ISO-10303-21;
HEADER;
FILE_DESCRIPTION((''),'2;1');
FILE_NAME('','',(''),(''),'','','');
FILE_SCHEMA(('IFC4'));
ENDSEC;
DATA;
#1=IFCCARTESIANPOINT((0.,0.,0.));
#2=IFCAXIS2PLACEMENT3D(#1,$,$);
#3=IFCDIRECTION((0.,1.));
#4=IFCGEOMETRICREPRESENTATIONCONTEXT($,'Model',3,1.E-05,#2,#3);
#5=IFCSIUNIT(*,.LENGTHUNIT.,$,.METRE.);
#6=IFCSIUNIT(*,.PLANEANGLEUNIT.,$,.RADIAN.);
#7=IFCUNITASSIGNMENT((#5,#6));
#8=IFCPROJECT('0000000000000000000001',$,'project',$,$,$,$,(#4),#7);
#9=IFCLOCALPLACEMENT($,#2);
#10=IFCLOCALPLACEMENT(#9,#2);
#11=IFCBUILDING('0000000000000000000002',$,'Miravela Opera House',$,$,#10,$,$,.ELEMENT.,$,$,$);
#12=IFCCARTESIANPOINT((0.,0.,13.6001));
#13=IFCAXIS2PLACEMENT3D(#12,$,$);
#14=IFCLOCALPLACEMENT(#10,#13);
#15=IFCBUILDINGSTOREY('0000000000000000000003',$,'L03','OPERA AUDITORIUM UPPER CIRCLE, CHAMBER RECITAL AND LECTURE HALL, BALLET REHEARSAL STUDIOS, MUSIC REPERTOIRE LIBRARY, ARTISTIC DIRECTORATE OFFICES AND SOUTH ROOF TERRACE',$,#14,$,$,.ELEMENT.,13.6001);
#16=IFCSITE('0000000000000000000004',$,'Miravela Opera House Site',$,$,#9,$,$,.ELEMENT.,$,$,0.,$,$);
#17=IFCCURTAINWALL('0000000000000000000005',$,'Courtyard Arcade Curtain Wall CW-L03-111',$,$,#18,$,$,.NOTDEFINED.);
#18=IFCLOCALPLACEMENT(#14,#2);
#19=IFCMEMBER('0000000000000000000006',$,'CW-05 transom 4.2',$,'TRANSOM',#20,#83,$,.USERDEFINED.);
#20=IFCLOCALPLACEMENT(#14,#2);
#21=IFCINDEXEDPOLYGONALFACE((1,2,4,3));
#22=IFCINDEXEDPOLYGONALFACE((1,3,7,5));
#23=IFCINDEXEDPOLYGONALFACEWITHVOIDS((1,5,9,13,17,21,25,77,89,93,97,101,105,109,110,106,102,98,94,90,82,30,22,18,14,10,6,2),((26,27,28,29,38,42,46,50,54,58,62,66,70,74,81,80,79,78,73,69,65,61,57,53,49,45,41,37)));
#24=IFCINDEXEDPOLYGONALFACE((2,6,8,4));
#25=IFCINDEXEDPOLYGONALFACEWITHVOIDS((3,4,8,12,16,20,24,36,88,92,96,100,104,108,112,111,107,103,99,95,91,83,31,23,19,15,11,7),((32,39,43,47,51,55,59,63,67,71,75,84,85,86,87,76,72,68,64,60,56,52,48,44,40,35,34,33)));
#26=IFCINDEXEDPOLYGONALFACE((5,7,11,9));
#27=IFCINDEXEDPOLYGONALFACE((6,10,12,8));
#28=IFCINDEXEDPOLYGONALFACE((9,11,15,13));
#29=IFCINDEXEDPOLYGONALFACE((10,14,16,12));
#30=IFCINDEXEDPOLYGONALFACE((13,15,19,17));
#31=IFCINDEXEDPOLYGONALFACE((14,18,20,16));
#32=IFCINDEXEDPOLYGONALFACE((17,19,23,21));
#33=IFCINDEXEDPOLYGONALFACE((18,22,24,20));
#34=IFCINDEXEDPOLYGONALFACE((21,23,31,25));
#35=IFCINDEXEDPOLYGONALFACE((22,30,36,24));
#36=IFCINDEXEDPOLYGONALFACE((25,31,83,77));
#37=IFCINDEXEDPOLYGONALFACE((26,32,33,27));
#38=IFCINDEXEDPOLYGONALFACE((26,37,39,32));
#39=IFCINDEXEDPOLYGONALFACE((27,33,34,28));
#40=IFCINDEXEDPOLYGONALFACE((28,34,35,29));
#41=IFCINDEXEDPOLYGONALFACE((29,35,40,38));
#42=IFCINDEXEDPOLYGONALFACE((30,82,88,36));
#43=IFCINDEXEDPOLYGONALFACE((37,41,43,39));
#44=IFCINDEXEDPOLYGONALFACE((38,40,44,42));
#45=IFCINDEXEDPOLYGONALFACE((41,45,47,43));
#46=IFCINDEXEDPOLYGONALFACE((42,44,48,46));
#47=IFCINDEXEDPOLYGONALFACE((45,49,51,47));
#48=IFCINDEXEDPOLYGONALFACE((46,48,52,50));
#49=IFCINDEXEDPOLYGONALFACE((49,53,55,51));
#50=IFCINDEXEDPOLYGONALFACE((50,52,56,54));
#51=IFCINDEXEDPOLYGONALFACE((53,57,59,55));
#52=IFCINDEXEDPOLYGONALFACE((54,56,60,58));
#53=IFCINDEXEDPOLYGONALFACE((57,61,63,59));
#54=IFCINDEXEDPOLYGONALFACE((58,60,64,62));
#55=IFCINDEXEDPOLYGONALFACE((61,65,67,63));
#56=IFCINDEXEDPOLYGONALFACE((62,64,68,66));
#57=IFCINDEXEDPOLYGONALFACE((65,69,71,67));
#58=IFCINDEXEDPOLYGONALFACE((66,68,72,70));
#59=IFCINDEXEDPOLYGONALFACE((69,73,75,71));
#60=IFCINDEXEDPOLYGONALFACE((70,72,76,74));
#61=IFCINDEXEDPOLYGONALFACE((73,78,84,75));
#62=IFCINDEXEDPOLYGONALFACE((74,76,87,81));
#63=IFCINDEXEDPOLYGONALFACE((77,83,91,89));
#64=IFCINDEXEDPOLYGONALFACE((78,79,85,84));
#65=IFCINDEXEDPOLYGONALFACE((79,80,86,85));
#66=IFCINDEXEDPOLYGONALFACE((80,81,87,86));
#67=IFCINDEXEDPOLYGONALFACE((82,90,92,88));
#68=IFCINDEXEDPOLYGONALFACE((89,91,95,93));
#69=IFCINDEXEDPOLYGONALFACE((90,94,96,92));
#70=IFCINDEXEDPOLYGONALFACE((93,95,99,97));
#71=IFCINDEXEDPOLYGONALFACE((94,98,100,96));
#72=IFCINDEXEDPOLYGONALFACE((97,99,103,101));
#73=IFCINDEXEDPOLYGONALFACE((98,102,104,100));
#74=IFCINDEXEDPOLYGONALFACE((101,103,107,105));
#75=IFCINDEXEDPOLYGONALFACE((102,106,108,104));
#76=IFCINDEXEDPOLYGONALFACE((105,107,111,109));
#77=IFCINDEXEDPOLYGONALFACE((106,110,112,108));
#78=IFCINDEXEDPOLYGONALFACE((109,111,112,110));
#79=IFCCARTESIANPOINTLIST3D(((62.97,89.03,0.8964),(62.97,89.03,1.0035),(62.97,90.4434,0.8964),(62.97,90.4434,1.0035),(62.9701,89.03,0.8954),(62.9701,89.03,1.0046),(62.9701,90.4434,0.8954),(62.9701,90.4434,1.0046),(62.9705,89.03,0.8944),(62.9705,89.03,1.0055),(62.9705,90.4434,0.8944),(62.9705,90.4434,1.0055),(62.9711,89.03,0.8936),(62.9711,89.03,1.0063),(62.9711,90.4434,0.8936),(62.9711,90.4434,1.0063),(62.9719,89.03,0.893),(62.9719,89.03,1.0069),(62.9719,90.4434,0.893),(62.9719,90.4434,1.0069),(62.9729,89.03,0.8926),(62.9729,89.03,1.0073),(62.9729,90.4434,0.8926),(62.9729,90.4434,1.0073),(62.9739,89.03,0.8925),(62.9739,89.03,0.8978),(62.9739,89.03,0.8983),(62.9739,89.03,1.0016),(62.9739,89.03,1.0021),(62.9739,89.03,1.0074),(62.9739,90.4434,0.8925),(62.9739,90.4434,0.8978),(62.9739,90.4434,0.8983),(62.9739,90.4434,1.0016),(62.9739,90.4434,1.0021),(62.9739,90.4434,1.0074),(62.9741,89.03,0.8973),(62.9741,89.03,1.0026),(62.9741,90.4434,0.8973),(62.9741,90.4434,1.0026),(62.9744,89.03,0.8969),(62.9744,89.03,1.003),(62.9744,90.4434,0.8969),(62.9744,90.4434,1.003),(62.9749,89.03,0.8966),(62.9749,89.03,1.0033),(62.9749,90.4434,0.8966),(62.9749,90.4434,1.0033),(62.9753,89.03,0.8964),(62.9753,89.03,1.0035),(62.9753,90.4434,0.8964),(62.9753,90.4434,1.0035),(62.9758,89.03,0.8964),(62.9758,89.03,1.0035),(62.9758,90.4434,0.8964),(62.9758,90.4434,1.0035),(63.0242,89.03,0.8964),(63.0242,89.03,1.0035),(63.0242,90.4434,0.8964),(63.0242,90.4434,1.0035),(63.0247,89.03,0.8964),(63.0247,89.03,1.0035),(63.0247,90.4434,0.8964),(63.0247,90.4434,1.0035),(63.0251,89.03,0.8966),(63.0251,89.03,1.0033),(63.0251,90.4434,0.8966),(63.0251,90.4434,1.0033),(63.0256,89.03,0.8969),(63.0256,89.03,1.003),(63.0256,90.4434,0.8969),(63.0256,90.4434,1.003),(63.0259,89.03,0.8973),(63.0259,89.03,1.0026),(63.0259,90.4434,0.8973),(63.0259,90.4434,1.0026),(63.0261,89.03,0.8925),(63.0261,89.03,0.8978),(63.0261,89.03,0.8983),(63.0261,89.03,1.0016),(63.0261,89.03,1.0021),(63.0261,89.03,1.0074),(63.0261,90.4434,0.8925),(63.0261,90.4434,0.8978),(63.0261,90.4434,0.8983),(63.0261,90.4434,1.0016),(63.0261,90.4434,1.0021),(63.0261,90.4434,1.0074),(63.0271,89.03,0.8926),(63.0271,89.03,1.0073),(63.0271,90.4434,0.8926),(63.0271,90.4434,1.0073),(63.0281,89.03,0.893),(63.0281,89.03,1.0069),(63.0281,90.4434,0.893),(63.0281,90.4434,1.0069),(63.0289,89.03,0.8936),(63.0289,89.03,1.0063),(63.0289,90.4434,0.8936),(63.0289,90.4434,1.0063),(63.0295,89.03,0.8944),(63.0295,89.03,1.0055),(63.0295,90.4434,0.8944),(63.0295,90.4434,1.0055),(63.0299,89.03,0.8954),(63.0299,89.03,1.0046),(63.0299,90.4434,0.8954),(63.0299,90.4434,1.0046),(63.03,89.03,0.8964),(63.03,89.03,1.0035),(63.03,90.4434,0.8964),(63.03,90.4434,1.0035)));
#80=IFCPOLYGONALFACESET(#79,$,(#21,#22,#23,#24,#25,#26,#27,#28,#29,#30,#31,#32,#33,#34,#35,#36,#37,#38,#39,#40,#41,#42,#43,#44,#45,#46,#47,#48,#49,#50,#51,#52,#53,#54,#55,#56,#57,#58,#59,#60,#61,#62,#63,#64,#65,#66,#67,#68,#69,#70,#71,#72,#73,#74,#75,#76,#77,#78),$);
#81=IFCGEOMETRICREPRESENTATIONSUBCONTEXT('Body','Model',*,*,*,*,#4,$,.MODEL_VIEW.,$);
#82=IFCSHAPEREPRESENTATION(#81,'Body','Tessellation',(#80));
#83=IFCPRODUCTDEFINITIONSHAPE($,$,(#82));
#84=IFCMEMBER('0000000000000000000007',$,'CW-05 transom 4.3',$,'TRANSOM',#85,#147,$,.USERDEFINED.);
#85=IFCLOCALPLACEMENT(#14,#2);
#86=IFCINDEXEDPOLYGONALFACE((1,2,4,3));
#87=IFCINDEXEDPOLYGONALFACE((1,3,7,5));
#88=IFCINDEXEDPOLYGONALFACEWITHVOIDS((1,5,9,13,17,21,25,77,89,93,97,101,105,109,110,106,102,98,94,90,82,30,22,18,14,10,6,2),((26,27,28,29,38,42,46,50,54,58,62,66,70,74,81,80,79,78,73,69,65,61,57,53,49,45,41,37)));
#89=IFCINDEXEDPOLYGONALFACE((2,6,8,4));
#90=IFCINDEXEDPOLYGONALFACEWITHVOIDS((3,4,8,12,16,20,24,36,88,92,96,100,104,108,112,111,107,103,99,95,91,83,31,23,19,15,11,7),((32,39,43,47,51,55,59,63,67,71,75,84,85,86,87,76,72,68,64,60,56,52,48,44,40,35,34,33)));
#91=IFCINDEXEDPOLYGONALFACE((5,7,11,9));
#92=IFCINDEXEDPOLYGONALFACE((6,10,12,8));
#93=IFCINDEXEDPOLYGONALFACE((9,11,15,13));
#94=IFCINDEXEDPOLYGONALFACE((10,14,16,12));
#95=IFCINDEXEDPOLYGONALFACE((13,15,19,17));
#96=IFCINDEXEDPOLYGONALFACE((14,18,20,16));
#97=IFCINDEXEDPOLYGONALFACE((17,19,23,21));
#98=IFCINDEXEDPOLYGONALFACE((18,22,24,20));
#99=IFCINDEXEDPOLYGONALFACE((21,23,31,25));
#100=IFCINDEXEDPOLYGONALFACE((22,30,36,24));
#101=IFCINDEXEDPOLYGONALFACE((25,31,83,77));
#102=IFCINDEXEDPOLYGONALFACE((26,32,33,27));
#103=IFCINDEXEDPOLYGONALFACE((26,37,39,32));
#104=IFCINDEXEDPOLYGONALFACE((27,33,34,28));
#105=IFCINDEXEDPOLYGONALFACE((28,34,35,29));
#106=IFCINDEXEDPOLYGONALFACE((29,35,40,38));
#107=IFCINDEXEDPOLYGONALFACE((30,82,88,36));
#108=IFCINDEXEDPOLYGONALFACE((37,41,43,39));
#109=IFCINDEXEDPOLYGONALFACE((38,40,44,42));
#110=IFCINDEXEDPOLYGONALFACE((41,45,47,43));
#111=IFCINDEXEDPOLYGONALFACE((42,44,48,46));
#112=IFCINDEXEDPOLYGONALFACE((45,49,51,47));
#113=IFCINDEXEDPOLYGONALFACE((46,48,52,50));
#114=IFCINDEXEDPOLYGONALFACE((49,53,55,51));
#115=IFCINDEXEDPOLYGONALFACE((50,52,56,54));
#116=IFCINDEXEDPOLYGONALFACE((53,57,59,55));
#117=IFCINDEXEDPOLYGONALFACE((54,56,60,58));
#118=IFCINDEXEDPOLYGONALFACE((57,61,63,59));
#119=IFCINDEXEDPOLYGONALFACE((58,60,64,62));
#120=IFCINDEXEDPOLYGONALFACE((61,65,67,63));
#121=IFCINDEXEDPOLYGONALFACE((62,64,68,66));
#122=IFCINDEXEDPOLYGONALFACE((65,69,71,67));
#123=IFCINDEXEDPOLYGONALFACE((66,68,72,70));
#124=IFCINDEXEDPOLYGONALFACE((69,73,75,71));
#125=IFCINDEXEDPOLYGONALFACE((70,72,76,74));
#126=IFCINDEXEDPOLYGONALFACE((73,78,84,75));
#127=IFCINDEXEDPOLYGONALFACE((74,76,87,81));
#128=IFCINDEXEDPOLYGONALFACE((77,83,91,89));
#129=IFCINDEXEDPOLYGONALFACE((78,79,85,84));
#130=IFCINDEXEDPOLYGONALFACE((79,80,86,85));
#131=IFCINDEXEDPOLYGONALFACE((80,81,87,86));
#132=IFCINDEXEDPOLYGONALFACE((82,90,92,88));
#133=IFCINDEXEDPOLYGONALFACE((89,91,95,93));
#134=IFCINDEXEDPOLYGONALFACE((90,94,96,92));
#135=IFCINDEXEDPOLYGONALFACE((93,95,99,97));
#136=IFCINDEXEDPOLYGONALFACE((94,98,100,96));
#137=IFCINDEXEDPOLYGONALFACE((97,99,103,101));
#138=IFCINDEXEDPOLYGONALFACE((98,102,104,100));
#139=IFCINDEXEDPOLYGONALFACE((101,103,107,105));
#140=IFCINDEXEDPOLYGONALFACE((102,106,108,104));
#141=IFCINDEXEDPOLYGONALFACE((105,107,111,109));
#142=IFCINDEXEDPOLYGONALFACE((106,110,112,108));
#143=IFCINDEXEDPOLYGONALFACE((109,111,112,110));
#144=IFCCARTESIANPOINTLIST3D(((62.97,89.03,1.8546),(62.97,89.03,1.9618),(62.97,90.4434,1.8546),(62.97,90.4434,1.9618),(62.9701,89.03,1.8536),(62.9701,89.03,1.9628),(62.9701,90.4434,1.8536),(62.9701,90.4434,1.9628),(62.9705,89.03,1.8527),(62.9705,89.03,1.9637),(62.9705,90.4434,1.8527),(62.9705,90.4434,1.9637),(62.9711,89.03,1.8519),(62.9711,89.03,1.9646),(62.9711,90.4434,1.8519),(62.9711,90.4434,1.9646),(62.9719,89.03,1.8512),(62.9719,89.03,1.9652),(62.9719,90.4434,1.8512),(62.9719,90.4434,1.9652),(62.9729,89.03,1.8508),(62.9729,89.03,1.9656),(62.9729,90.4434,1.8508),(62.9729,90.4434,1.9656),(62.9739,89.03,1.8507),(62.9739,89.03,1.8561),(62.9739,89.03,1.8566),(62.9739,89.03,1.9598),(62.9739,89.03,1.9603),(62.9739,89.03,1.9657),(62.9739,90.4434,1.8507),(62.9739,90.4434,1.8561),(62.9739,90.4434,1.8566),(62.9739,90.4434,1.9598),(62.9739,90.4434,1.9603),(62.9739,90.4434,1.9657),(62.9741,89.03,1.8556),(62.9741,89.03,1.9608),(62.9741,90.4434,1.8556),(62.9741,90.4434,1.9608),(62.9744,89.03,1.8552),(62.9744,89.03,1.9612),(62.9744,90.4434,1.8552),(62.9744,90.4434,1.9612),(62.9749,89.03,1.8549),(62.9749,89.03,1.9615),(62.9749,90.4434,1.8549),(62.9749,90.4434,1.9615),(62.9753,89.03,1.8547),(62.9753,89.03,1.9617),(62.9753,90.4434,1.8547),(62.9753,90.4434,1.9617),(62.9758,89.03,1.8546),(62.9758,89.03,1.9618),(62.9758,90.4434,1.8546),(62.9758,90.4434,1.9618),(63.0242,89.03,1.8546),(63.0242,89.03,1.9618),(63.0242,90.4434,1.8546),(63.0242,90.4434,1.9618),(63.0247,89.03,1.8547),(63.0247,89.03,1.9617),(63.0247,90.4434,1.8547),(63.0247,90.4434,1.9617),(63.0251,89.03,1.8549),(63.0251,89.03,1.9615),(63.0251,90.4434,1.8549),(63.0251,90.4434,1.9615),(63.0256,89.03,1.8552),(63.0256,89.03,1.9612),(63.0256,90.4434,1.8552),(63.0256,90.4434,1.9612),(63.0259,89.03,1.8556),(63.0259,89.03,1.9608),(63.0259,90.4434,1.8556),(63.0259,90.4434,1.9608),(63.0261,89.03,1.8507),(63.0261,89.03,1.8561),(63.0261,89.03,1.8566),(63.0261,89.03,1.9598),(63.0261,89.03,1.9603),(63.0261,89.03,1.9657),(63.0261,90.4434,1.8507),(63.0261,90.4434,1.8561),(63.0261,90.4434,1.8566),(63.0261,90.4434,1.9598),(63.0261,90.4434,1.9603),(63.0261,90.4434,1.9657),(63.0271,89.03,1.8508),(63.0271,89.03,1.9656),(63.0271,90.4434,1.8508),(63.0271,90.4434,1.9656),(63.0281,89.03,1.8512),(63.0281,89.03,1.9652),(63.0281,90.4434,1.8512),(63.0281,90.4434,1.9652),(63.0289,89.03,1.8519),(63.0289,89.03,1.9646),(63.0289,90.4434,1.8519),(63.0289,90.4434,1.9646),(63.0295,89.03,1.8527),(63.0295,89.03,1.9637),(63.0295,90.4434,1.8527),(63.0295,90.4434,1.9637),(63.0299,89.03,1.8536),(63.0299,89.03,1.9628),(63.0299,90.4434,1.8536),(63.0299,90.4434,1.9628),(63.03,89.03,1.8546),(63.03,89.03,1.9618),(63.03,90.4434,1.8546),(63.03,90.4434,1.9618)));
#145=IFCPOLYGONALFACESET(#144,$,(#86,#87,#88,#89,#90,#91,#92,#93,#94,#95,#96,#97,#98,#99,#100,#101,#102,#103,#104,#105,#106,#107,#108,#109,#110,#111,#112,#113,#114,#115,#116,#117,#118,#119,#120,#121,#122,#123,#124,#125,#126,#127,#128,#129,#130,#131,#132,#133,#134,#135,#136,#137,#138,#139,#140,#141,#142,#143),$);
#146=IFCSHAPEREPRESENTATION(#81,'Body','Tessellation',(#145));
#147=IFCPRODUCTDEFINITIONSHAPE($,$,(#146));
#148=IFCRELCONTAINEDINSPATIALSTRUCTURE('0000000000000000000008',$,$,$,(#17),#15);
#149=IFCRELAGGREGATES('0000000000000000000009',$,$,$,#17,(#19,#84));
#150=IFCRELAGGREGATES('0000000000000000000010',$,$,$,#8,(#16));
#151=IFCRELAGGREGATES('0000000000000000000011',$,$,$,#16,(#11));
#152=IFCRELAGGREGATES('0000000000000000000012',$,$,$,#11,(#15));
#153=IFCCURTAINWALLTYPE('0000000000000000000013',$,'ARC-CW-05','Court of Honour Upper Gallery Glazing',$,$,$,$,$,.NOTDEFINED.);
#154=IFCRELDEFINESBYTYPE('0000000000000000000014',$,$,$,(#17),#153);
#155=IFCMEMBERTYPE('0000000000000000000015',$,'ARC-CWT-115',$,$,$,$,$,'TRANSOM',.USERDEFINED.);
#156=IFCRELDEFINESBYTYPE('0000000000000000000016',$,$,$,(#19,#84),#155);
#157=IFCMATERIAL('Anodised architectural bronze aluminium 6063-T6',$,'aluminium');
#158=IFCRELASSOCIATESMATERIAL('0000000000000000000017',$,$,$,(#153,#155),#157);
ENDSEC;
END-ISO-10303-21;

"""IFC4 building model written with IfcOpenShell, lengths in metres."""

from ifc_helpers import new_model, si_unit, direction, frame, origin, origin_2d, place, context, subcontext, project, spatial, hollow_rectangle, extrude, material, material_profile, profile_set, type_object, element, aggregate, save


model = new_model("IFC4")

# Units and contexts
model_context = context("Model", 3, precision=1e-05, world=origin(), true_north=direction((0.0, 1.0)))
body_context = subcontext(model_context, "Body", "Model", "MODEL_VIEW")
ifc_project = project(units=[si_unit("LENGTHUNIT", "METRE"), si_unit("PLANEANGLEUNIT", "RADIAN")], contexts=[model_context])

# Site, building, storey
site_placement = place(None, origin())
site = spatial("IfcSite", under=ifc_project, at=site_placement, Name="Miravela Opera House Site", CompositionType="ELEMENT", RefElevation=0.0)
building_placement = place(site_placement, origin())
building = spatial("IfcBuilding", under=site, at=building_placement, Name="Miravela Opera House", CompositionType="ELEMENT")
storey_placement = place(building_placement, frame((0.0, 0.0, 13.6001)))
storey = spatial("IfcBuildingStorey", under=building, at=storey_placement, Name="L03", Description="OPERA AUDITORIUM UPPER CIRCLE, CHAMBER RECITAL AND LECTURE HALL, BALLET REHEARSAL STUDIOS, MUSIC REPERTOIRE LIBRARY, ARTISTIC DIRECTORATE OFFICES AND SOUTH ROOF TERRACE", CompositionType="ELEMENT", Elevation=13.6001)

# Curtain wall, members
ifc_material_1 = material(Name="Anodised architectural bronze aluminium 6063-T6", Category="aluminium")
curtain_wall_type = type_object("IfcCurtainWallType", Name="ARC-CW-05", Description="Court of Honour Upper Gallery Glazing", PredefinedType="NOTDEFINED", material=ifc_material_1)
curtain_wall_placement = place(storey_placement, origin())
curtain_wall = element("IfcCurtainWall", 1, at=curtain_wall_placement, inside=storey, type_object=curtain_wall_type, Name="Courtyard Arcade Curtain Wall CW-L03-111", PredefinedType="NOTDEFINED")
ifc_material_profile_1 = material_profile(ifc_material_1, hollow_rectangle(XDim=0.0601, YDim=0.115, WallThickness=0.0039, InnerFilletRadius=0.002, OuterFilletRadius=0.0039, at=origin_2d()), Name="CWT-60X115")
ifc_profile_set_1 = profile_set([ifc_material_profile_1])
member_type_1 = type_object("IfcMemberType", Name="ARC-CWT-115", ElementType="TRANSOM", PredefinedType="USERDEFINED", material=ifc_profile_set_1)
member_1_placement = place(storey_placement, frame((63.0, 89.03, 0.95), z_axis=(0.0, 1.0, 0.0), x_axis=(-1.0, 0.0, 0.0)))
member_1 = element("IfcMember", 2, at=member_1_placement, type_object=member_type_1, Name="CW-05 transom 4.2", ObjectType="TRANSOM", PredefinedType="USERDEFINED", context=body_context, shape_type="SweptSolid", body=[
    extrude(hollow_rectangle(XDim=0.0601, YDim=0.115, WallThickness=0.0039, InnerFilletRadius=0.002, OuterFilletRadius=0.0039, at=origin_2d()), origin(), (0.0, 0.0, 1.0), 1.4133),
])
member_2_placement = place(storey_placement, frame((63.0, 89.03, 1.9082), z_axis=(0.0, 1.0, 0.0), x_axis=(-1.0, 0.0, 0.0)))
member_2 = element("IfcMember", 3, at=member_2_placement, type_object=member_type_1, Name="CW-05 transom 4.3", ObjectType="TRANSOM", PredefinedType="USERDEFINED", context=body_context, shape_type="SweptSolid", body=[
    extrude(hollow_rectangle(XDim=0.0601, YDim=0.115, WallThickness=0.0039, InnerFilletRadius=0.002, OuterFilletRadius=0.0039, at=origin_2d()), origin(), (0.0, 0.0, 1.0), 1.4133),
])
aggregate(curtain_wall, [member_1, member_2])

save(model, "model.ifc")
